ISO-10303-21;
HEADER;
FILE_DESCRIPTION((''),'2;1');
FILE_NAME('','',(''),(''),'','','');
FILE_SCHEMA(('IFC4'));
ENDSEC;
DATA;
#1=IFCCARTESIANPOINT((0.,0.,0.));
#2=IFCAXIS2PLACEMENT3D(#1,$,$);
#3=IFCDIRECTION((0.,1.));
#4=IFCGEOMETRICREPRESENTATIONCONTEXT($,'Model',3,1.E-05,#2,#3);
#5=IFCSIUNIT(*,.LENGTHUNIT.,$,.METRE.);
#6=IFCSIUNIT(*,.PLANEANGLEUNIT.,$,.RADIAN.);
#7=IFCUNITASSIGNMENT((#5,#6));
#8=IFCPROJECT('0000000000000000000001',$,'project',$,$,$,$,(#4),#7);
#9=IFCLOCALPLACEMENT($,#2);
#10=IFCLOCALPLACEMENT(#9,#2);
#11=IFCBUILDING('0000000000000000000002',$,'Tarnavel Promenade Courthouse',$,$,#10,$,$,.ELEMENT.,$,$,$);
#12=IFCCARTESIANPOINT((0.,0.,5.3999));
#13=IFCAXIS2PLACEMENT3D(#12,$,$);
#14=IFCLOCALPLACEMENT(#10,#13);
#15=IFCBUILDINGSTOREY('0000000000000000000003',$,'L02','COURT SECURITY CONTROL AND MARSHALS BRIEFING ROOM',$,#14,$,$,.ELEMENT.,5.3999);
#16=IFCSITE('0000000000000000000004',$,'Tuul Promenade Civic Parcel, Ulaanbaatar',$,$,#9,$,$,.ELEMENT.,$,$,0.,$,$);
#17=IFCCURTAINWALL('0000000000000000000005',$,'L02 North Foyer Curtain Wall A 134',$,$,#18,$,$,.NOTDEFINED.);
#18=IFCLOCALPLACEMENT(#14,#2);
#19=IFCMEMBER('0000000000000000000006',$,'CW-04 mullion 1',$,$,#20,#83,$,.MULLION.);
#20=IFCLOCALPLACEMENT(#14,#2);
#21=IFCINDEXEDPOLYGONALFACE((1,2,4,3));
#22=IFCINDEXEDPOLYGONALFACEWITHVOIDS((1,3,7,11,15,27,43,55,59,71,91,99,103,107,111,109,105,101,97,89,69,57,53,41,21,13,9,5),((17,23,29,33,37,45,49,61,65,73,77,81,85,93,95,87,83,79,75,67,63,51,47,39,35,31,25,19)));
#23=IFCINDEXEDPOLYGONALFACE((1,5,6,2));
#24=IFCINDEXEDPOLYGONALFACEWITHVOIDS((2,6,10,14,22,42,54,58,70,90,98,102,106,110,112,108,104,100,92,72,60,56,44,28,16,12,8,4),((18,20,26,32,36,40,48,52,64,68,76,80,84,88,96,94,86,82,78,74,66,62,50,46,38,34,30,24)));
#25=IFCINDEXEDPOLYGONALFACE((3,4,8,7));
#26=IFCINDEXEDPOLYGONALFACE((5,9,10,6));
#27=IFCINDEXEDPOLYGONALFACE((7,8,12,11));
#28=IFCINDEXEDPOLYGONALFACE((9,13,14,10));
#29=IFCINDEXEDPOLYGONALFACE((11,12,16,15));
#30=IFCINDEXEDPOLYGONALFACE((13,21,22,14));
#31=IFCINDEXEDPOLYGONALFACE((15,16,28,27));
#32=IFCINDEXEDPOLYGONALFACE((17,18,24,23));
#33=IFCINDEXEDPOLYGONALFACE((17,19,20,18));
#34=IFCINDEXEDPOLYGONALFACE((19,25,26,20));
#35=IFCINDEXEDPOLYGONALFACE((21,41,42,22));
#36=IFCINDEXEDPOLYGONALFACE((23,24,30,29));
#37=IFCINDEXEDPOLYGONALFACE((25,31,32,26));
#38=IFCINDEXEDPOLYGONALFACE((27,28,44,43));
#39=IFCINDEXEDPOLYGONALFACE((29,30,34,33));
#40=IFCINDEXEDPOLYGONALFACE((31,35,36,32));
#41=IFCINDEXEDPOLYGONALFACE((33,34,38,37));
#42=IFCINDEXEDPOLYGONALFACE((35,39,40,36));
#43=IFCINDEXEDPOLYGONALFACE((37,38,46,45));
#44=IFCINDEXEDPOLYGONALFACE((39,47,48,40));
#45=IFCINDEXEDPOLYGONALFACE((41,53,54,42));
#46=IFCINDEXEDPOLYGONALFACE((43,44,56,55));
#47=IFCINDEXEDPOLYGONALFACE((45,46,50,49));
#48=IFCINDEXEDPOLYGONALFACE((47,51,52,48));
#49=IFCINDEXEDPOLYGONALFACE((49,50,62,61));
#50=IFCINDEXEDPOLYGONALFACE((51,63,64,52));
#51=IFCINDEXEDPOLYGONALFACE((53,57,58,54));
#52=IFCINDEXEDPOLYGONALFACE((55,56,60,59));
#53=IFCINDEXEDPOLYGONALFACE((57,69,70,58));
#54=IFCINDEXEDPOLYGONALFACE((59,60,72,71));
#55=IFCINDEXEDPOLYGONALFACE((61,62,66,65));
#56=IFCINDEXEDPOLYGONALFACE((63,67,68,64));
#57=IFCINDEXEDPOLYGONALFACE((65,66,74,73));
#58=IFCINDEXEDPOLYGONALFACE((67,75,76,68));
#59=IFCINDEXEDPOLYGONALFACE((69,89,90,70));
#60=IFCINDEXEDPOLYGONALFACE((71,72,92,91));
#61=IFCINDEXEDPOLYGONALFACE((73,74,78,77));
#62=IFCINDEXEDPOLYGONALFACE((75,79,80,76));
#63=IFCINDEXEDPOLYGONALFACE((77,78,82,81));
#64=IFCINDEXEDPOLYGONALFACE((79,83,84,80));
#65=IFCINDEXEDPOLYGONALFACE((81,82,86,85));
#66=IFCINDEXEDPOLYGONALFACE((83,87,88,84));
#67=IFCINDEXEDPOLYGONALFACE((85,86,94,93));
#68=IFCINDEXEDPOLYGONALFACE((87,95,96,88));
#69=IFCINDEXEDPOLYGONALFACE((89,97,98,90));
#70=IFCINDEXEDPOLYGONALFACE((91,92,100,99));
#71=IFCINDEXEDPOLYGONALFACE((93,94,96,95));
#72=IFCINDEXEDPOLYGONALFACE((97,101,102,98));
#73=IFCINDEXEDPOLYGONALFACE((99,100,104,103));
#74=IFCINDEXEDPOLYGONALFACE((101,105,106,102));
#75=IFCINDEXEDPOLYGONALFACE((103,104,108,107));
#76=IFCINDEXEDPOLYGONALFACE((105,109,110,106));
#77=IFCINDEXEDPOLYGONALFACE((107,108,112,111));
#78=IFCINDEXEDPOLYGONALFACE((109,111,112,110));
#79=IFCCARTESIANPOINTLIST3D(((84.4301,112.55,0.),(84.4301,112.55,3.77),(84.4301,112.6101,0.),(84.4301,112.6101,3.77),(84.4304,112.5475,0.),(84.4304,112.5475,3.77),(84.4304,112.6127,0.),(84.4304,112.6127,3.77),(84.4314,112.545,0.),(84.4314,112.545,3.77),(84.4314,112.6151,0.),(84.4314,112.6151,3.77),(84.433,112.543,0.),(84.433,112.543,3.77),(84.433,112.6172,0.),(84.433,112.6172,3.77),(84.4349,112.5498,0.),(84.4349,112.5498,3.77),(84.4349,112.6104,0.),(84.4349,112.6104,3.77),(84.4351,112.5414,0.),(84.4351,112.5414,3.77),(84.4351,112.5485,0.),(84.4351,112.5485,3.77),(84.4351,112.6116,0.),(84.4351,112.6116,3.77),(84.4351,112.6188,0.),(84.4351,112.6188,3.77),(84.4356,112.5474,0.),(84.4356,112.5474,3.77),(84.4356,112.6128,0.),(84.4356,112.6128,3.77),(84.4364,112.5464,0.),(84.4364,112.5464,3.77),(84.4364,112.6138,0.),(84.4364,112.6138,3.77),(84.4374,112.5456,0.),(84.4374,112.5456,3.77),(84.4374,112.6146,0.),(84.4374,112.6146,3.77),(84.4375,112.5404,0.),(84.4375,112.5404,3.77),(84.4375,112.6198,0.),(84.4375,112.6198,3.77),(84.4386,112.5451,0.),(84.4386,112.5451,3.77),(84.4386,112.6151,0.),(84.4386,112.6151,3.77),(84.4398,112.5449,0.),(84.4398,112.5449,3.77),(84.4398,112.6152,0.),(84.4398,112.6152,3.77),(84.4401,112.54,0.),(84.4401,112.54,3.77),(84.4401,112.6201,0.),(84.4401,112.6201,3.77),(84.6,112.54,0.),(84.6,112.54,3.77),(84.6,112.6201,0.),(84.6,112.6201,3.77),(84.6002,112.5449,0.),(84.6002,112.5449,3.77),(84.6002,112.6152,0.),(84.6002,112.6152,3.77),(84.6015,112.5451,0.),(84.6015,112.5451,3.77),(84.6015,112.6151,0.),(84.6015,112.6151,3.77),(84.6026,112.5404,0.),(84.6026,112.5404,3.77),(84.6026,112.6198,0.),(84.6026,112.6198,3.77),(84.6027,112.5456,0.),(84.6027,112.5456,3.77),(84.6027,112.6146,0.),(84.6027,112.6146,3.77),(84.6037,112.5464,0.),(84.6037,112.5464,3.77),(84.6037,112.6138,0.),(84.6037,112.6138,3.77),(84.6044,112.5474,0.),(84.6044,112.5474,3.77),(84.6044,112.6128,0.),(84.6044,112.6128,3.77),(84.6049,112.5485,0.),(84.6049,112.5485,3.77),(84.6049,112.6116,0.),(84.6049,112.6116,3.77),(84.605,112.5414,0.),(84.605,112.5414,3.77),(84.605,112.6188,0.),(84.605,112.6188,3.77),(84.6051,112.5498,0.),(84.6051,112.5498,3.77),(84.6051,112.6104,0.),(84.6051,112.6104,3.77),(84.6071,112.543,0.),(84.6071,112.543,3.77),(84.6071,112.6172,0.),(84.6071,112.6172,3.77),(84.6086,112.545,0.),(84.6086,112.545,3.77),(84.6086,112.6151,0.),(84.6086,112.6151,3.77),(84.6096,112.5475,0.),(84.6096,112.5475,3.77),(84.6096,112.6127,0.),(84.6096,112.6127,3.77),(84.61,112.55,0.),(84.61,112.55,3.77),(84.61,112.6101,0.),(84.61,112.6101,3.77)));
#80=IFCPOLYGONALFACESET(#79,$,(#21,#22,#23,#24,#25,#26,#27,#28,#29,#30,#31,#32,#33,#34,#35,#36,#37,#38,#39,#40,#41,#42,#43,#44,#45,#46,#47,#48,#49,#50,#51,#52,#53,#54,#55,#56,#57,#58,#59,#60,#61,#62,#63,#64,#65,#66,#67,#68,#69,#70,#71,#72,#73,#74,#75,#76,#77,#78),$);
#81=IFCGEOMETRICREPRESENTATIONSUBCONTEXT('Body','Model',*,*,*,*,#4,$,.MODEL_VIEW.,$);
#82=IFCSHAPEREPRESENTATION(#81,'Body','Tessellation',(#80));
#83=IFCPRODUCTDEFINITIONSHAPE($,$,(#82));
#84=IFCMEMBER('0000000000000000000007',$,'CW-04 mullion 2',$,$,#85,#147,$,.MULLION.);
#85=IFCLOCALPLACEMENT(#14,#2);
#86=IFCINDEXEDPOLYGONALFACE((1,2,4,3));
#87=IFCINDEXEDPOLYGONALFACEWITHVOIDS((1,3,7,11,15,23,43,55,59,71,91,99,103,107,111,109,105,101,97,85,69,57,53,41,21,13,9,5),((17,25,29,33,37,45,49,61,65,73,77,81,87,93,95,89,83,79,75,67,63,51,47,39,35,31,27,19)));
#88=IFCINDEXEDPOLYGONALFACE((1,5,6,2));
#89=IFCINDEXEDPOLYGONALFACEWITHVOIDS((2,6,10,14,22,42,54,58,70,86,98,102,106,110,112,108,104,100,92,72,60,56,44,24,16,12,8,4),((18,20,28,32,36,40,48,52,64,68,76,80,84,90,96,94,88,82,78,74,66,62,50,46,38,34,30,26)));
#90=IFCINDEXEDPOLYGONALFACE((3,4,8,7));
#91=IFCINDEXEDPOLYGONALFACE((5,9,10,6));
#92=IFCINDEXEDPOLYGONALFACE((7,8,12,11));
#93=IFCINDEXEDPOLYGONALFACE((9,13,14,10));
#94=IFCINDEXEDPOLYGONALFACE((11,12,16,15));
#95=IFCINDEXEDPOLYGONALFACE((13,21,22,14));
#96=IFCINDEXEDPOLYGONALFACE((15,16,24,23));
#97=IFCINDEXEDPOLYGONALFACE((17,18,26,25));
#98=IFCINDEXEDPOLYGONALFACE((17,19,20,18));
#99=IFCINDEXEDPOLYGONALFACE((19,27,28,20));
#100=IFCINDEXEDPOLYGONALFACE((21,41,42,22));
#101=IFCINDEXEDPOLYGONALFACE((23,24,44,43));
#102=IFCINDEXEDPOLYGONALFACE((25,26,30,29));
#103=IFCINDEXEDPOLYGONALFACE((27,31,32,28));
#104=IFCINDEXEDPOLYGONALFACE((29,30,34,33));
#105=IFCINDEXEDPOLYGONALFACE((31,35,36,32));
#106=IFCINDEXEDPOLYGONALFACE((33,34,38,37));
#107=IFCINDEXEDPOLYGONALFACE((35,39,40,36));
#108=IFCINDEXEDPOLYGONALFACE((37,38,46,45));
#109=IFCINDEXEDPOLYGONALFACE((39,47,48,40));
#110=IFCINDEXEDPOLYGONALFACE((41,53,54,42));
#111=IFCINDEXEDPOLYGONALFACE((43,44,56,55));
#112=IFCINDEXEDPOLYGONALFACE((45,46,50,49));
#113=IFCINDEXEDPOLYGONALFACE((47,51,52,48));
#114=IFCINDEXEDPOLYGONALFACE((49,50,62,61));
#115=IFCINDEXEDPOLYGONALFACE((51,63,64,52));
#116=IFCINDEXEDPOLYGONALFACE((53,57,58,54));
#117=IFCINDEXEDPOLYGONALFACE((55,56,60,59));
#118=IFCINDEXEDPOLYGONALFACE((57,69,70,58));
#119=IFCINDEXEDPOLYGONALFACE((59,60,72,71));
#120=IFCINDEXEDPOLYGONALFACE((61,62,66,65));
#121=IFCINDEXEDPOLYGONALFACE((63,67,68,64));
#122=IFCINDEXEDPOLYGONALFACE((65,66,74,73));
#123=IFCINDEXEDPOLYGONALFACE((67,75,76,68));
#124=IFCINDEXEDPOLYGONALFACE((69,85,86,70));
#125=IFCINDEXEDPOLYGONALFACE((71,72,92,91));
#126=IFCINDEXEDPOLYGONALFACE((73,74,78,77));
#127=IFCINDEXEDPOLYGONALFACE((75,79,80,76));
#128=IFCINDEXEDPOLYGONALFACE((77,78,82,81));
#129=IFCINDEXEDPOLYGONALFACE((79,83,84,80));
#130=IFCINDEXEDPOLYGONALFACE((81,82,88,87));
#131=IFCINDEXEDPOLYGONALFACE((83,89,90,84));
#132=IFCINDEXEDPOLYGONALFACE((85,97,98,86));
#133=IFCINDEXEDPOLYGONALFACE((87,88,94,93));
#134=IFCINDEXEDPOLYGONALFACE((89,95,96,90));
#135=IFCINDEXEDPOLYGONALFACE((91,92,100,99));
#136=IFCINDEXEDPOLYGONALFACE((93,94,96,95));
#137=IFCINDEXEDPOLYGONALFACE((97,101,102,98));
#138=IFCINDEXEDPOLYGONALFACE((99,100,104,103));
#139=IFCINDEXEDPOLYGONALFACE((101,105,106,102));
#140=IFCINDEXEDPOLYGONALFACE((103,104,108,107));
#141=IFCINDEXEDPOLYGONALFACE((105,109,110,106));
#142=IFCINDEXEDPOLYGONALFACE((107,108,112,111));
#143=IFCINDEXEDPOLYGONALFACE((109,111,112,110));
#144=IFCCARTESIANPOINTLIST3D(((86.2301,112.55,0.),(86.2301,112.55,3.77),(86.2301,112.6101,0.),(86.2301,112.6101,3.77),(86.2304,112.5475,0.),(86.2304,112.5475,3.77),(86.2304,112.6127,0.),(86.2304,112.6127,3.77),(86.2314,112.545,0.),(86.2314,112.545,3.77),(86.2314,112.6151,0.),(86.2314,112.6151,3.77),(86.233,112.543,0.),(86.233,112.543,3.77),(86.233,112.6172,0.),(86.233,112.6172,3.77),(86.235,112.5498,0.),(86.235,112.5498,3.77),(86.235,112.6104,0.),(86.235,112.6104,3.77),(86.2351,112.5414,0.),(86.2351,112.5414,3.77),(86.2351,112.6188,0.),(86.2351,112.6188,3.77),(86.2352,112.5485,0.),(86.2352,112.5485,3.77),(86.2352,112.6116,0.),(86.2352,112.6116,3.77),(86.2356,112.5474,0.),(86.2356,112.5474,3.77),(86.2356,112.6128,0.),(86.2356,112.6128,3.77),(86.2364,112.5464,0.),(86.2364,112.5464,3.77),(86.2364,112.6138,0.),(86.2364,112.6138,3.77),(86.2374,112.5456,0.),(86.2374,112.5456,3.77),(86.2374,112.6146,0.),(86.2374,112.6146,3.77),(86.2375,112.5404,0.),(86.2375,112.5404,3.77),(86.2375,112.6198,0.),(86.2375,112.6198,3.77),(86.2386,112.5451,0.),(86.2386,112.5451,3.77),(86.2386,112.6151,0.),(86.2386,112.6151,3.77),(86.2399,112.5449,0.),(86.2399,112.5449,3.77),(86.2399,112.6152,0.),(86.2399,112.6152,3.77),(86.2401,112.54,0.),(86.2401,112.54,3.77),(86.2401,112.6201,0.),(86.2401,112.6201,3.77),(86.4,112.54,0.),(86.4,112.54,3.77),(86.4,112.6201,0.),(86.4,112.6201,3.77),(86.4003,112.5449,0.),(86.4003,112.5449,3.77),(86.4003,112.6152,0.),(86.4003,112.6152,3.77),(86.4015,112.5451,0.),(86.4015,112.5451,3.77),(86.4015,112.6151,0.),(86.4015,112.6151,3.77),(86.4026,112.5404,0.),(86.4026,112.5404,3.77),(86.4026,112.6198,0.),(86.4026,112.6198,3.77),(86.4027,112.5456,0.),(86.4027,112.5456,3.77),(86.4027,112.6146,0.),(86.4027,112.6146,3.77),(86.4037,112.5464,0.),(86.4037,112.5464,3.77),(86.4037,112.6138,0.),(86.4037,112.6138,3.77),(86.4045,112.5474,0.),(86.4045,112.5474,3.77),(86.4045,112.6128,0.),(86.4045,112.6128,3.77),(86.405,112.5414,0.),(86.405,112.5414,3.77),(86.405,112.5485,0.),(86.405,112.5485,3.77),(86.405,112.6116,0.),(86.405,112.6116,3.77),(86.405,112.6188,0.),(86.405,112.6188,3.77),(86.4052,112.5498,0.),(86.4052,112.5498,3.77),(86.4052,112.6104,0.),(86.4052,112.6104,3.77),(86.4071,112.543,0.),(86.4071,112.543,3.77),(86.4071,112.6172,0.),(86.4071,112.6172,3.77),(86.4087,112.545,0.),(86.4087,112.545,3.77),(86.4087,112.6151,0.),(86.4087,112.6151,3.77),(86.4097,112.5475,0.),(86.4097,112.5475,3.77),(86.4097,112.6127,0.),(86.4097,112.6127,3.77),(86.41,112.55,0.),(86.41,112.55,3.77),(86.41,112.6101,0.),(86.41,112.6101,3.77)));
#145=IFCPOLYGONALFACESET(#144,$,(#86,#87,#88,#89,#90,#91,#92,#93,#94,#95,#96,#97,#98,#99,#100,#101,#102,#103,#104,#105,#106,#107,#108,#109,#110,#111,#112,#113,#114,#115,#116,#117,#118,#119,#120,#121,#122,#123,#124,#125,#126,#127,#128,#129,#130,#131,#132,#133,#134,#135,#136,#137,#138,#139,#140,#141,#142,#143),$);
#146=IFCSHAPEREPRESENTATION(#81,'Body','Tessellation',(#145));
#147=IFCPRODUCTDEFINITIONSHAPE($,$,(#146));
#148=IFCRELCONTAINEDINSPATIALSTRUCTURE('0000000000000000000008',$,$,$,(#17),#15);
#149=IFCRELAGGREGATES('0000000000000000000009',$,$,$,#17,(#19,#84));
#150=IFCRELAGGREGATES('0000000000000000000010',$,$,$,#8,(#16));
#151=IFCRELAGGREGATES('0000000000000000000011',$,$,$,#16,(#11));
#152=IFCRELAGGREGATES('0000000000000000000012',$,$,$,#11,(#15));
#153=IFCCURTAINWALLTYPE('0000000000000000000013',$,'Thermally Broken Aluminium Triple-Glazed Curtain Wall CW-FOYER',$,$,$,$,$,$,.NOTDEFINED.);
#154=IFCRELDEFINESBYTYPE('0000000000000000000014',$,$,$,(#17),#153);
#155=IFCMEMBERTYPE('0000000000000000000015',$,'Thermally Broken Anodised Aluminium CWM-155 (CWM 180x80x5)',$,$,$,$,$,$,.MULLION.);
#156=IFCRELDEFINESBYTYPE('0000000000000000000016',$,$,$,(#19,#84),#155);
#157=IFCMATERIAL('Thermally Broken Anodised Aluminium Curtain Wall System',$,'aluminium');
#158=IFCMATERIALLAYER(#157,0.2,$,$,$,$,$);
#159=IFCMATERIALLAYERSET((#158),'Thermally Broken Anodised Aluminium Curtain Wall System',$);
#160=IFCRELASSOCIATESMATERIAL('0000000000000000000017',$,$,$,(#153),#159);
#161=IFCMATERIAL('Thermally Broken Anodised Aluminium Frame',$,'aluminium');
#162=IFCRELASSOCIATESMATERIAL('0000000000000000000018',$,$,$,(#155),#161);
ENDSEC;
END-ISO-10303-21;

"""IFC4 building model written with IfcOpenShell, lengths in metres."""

from ifc_helpers import new_model, si_unit, direction, frame, origin, origin_2d, place, context, subcontext, project, spatial, hollow_rectangle, extrude, material, layer, layer_set, material_profile, profile_set, type_object, element, aggregate, save


model = new_model("IFC4")

# Units and contexts
model_context = context("Model", 3, precision=1e-05, world=origin(), true_north=direction((0.0, 1.0)))
body_context = subcontext(model_context, "Body", "Model", "MODEL_VIEW")
ifc_project = project(units=[si_unit("LENGTHUNIT", "METRE"), si_unit("PLANEANGLEUNIT", "RADIAN")], contexts=[model_context])

# Site, building, storey
site_placement = place(None, origin())
site = spatial("IfcSite", under=ifc_project, at=site_placement, Name="Tuul Promenade Civic Parcel, Ulaanbaatar", CompositionType="ELEMENT", RefElevation=0.0)
building_placement = place(site_placement, origin())
building = spatial("IfcBuilding", under=site, at=building_placement, Name="Tarnavel Promenade Courthouse", CompositionType="ELEMENT")
storey_placement = place(building_placement, frame((0.0, 0.0, 5.3999)))
storey = spatial("IfcBuildingStorey", under=building, at=storey_placement, Name="L02", Description="COURT SECURITY CONTROL AND MARSHALS BRIEFING ROOM", CompositionType="ELEMENT", Elevation=5.3999)

# Curtain wall, members
ifc_material_1 = material(Name="Thermally Broken Anodised Aluminium Curtain Wall System", Category="aluminium")
ifc_layer_1 = layer(ifc_material_1, 0.2)
ifc_layer_set_1 = layer_set([ifc_layer_1], Name="Thermally Broken Anodised Aluminium Curtain Wall System")
curtain_wall_type = type_object("IfcCurtainWallType", Name="Thermally Broken Aluminium Triple-Glazed Curtain Wall CW-FOYER", PredefinedType="NOTDEFINED", material=ifc_layer_set_1)
ifc_material_2 = material(Name="Thermally Broken Anodised Aluminium Frame", Category="aluminium")
ifc_material_profile_1 = material_profile(ifc_material_2, hollow_rectangle(XDim=0.0801, YDim=0.1799, WallThickness=0.0049, InnerFilletRadius=0.0049, OuterFilletRadius=0.01, at=origin_2d()), Name="CWM 180x80x5")
ifc_profile_set_1 = profile_set([ifc_material_profile_1], Name="Thermally Broken Anodised Aluminium Frame")
member_type_1 = type_object("IfcMemberType", Name="Thermally Broken Anodised Aluminium CWM-155 (CWM 180x80x5)", PredefinedType="MULLION", material=ifc_profile_set_1)
curtain_wall_1_placement = place(storey_placement, origin())
curtain_wall_1 = element("IfcCurtainWall", 1, at=curtain_wall_1_placement, inside=storey, type_object=curtain_wall_type, Name="L02 North Foyer Curtain Wall A 134", PredefinedType="NOTDEFINED")
member_1_placement = place(storey_placement, frame((84.52, 112.5801, 0.0), z_axis=(0.0, 0.0, 1.0), x_axis=(0.0, 1.0, 0.0)))
member_1 = element("IfcMember", 2, at=member_1_placement, type_object=member_type_1, Name="CW-04 mullion 1", PredefinedType="MULLION", context=body_context, shape_type="SweptSolid", body=[
    extrude(hollow_rectangle(XDim=0.0801, YDim=0.1799, WallThickness=0.0049, InnerFilletRadius=0.0049, OuterFilletRadius=0.01, at=origin_2d()), origin(), (0.0, 0.0, 1.0), 3.77),
])
member_2_placement = place(storey_placement, frame((86.3201, 112.5801, 0.0), z_axis=(0.0, 0.0, 1.0), x_axis=(0.0, 1.0, 0.0)))
member_2 = element("IfcMember", 3, at=member_2_placement, type_object=member_type_1, Name="CW-04 mullion 2", PredefinedType="MULLION", context=body_context, shape_type="SweptSolid", body=[
    extrude(hollow_rectangle(XDim=0.0801, YDim=0.1799, WallThickness=0.0049, InnerFilletRadius=0.0049, OuterFilletRadius=0.01, at=origin_2d()), origin(), (0.0, 0.0, 1.0), 3.77),
])

aggregate(curtain_wall_1, [member_1, member_2])

save(model, "model.ifc")
